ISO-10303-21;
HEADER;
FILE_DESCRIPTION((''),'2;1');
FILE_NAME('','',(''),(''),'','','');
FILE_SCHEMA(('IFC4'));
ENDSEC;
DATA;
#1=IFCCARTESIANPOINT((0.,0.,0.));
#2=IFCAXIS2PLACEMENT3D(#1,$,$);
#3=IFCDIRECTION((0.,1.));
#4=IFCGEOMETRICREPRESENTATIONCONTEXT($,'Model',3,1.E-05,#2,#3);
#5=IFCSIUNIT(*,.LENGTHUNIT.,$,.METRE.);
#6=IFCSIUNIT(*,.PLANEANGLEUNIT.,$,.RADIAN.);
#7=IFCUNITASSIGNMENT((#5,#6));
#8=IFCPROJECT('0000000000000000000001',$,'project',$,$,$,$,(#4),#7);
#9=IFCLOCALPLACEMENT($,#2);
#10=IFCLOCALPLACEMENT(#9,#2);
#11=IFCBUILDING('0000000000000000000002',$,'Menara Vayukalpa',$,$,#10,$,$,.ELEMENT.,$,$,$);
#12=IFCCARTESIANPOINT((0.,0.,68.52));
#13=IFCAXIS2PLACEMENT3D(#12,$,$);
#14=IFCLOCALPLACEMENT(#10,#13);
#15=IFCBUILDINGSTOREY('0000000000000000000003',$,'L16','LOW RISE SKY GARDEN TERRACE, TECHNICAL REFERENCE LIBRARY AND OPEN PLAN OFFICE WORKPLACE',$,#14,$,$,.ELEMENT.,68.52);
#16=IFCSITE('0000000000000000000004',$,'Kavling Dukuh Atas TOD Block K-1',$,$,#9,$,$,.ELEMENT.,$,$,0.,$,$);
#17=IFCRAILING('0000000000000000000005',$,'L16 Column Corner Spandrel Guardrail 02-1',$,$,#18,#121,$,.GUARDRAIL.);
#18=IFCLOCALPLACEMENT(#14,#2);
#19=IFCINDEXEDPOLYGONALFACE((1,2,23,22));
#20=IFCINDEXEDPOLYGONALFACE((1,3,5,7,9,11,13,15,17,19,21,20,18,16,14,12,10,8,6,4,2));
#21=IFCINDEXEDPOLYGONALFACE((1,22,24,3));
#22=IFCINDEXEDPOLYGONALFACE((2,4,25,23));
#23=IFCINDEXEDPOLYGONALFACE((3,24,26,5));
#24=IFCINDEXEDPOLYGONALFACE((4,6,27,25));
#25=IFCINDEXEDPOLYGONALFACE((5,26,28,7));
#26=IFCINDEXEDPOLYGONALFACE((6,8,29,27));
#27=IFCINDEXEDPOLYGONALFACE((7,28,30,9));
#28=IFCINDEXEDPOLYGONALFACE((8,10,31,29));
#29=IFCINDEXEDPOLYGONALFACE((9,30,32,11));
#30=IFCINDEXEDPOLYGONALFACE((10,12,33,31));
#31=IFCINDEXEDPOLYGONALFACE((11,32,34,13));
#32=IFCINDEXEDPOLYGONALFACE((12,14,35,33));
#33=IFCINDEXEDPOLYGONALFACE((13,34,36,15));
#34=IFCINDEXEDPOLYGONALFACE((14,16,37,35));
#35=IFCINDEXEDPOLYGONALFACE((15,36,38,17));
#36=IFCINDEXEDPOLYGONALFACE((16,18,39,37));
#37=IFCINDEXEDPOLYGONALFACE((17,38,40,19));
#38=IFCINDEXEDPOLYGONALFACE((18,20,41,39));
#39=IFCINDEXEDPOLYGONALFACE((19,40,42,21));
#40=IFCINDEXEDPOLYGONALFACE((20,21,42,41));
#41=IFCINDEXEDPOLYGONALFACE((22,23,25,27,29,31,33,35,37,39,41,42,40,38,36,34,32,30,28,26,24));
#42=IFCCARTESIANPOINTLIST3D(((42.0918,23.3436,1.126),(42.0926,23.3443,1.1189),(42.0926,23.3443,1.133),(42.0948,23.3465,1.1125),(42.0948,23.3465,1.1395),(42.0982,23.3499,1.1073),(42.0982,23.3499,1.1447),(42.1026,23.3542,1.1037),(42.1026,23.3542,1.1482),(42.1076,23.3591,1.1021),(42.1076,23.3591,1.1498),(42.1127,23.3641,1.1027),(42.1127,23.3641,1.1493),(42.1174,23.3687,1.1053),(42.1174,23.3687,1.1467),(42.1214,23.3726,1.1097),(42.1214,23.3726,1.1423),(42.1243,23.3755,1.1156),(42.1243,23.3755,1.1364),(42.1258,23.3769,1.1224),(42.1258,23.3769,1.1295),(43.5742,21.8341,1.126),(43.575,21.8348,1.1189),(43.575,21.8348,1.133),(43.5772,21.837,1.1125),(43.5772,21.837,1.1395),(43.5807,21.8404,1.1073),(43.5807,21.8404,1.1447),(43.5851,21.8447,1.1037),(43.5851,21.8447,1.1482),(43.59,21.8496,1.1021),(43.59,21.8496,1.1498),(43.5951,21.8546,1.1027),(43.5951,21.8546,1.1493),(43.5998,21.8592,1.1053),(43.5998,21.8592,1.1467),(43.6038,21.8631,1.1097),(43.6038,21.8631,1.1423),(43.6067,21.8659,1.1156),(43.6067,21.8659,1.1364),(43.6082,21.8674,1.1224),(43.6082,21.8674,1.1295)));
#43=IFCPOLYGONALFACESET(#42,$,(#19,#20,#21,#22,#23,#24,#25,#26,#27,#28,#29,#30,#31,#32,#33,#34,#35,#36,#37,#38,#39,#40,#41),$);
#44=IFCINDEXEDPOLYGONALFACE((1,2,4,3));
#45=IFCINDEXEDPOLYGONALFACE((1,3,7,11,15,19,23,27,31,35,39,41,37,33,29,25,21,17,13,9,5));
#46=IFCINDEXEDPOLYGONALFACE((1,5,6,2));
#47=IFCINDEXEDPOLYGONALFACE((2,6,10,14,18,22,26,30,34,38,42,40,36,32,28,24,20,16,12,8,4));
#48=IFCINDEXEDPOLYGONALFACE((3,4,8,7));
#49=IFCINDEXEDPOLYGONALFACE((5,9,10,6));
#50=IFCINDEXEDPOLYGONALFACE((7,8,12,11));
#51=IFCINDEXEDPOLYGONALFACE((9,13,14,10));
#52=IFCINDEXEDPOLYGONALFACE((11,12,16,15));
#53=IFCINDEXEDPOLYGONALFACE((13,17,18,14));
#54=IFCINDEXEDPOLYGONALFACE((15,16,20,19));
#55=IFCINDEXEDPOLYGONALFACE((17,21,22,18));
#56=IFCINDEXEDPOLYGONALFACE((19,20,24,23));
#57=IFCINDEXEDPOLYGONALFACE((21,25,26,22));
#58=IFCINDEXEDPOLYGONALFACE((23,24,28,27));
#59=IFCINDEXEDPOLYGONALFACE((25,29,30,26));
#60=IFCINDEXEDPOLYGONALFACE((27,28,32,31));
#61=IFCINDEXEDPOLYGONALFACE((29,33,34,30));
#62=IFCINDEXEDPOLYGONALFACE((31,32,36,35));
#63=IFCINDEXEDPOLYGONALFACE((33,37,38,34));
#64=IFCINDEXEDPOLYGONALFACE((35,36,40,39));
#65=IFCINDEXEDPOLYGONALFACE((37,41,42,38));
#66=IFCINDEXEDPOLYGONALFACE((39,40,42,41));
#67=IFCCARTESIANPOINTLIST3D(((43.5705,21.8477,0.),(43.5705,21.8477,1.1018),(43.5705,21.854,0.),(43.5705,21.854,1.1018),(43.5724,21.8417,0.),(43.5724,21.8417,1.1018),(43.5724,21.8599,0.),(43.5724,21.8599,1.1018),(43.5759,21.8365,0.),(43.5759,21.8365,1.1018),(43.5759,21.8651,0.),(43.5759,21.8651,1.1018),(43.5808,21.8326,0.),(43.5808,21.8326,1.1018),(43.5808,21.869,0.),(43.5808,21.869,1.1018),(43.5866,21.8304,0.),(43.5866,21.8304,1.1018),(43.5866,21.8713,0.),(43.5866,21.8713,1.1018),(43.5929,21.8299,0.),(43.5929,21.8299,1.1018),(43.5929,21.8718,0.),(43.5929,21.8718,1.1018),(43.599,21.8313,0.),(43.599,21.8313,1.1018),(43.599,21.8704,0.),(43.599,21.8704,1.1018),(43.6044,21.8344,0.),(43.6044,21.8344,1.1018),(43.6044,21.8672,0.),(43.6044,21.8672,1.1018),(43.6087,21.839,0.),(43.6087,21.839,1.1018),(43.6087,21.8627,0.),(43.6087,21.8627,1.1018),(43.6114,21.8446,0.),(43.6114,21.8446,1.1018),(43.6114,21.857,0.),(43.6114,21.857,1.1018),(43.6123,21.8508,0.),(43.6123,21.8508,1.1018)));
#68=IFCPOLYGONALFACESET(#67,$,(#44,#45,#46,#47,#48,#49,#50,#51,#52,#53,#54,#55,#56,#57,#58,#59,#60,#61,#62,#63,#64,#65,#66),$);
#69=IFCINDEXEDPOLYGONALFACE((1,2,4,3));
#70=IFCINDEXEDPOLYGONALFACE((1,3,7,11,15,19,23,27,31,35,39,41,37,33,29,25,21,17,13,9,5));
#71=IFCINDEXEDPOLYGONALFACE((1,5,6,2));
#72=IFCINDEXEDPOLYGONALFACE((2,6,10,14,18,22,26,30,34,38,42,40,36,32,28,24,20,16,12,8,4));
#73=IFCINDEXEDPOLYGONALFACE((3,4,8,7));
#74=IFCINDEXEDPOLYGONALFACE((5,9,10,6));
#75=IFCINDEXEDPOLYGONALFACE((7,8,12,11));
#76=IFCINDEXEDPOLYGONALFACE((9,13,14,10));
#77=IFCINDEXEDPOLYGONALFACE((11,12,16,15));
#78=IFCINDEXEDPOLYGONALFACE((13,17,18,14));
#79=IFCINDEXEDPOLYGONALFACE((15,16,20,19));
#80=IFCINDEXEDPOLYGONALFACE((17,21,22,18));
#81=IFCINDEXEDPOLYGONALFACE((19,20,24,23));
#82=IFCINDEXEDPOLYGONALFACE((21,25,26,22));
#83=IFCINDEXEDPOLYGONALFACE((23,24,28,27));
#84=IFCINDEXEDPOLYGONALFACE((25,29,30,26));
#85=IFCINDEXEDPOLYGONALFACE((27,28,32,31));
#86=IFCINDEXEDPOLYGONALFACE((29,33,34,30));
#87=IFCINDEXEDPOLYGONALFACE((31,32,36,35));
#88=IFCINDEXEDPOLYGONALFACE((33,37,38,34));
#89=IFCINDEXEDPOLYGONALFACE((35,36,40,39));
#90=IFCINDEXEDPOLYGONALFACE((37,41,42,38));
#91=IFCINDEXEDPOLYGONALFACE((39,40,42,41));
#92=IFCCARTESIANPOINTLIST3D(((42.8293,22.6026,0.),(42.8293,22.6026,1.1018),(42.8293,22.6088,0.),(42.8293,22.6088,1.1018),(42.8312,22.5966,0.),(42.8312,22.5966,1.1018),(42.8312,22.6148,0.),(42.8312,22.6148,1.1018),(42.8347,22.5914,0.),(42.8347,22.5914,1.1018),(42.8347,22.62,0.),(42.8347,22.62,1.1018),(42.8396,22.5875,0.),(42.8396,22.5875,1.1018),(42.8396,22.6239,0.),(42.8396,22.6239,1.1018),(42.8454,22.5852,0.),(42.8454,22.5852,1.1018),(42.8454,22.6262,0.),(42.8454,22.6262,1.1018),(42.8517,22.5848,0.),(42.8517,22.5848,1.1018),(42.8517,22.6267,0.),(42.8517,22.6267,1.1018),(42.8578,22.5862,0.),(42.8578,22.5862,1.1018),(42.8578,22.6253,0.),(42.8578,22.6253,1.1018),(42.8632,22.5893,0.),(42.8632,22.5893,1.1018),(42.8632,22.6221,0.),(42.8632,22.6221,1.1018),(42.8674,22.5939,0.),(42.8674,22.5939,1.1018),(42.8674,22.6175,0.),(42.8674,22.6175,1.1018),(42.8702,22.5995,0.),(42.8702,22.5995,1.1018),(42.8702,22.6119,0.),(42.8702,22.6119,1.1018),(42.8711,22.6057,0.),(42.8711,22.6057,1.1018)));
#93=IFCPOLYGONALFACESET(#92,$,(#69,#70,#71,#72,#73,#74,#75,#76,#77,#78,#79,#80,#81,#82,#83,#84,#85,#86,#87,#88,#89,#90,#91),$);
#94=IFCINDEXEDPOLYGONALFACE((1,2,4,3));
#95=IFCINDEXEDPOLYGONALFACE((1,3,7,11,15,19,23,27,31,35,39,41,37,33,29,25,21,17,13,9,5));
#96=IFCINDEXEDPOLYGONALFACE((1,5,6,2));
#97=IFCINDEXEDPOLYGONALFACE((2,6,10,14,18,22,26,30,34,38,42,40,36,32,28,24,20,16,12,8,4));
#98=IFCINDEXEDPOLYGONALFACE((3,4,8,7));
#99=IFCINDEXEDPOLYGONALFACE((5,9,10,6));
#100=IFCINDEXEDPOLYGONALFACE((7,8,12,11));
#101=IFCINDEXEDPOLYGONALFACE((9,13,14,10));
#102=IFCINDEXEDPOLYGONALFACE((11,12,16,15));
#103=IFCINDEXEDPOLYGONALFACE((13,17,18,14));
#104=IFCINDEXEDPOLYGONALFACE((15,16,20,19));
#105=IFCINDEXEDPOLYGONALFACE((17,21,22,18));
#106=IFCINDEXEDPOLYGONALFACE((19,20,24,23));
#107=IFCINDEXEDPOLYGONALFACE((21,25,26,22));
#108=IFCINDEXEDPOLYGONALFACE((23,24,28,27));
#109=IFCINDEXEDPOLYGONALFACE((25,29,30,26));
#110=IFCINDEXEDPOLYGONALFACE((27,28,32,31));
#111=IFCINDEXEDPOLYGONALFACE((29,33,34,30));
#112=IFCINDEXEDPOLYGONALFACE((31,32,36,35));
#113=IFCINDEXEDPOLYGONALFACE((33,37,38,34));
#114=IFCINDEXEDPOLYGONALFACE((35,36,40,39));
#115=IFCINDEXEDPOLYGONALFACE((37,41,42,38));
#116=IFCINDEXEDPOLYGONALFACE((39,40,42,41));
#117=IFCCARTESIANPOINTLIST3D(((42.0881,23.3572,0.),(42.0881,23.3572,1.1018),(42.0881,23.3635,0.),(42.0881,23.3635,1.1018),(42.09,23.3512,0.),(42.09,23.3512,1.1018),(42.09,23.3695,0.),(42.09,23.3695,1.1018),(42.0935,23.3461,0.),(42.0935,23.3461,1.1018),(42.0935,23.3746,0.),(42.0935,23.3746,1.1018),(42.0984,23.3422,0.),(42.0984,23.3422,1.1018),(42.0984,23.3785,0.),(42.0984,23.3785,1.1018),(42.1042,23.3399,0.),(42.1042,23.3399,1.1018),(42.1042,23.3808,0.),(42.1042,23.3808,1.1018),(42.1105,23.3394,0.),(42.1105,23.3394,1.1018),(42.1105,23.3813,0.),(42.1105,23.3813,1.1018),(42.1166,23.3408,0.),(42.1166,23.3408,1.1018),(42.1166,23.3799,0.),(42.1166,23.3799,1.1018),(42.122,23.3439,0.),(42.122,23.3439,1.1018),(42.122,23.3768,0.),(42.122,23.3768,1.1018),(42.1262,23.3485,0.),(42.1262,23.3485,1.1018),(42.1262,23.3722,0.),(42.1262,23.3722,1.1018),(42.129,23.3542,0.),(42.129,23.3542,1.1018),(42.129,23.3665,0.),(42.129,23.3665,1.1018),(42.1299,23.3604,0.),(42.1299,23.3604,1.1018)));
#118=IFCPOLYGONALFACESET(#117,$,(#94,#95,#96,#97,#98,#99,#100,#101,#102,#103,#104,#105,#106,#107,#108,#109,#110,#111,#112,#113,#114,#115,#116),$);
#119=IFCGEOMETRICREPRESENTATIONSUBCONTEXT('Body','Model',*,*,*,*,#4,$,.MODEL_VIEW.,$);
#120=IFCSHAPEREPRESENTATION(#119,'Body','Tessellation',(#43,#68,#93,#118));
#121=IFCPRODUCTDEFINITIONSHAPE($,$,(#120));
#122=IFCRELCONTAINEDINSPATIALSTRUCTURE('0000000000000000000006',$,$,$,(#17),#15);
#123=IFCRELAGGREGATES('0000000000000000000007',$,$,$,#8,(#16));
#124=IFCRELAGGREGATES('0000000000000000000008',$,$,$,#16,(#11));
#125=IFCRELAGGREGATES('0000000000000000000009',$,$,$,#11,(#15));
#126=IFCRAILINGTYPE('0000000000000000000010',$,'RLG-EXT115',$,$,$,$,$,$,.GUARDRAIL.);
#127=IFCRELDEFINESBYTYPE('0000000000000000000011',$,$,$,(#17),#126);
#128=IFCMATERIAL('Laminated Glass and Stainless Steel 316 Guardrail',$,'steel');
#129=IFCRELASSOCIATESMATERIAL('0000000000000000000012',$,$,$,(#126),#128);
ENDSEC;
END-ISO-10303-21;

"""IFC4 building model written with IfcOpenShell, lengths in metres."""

from ifc_helpers import new_model, si_unit, direction, frame, origin, origin_2d, place, context, subcontext, project, spatial, circle, extrude, material, type_object, element, save


model = new_model("IFC4")

# Units and contexts
model_context = context("Model", 3, precision=1e-05, world=origin(), true_north=direction((0.0, 1.0)))
body_context = subcontext(model_context, "Body", "Model", "MODEL_VIEW")
ifc_project = project(units=[si_unit("LENGTHUNIT", "METRE"), si_unit("PLANEANGLEUNIT", "RADIAN")], contexts=[model_context])

# Site, building, storey
site_placement = place(None, origin())
site = spatial("IfcSite", under=ifc_project, at=site_placement, Name="Kavling Dukuh Atas TOD Block K-1", CompositionType="ELEMENT", RefElevation=0.0)
building_placement = place(site_placement, origin())
building = spatial("IfcBuilding", under=site, at=building_placement, Name="Menara Vayukalpa", CompositionType="ELEMENT")
storey_placement = place(building_placement, frame((0.0, 0.0, 68.52)))
storey = spatial("IfcBuildingStorey", under=building, at=storey_placement, Name="L16", Description="LOW RISE SKY GARDEN TERRACE, TECHNICAL REFERENCE LIBRARY AND OPEN PLAN OFFICE WORKPLACE", CompositionType="ELEMENT", Elevation=68.52)

# Railing
ifc_material_1 = material(Name="Laminated Glass and Stainless Steel 316 Guardrail", Category="steel")
railing_type = type_object("IfcRailingType", Name="RLG-EXT115", PredefinedType="GUARDRAIL", material=ifc_material_1)
railing_1_placement = place(storey_placement, frame((43.5913, 21.8508, 0.0)))
element("IfcRailing", 1, at=railing_1_placement, inside=storey, type_object=railing_type, Name="L16 Column Corner Spandrel Guardrail 02-1", PredefinedType="GUARDRAIL", context=body_context, shape_type="SweptSolid", body=[
    extrude(circle(Radius=0.0239, at=origin_2d()), frame((0.0, 0.0, 1.126), z_axis=(-0.700673, 0.713482, 0.0), x_axis=(-0.713482, -0.700673, 0.0)), (0.0, 0.0, 1.0), 2.1157),
    extrude(circle(Radius=0.021, at=origin_2d()), origin(), (0.0, 0.0, 1.0), 1.1018),
    extrude(circle(Radius=0.021, at=origin_2d()), frame((-0.7412, 0.7549, 0.0)), (0.0, 0.0, 1.0), 1.1018),
    extrude(circle(Radius=0.021, at=origin_2d()), frame((-1.4824, 1.5095, 0.0)), (0.0, 0.0, 1.0), 1.1018),
])

save(model, "model.ifc")
